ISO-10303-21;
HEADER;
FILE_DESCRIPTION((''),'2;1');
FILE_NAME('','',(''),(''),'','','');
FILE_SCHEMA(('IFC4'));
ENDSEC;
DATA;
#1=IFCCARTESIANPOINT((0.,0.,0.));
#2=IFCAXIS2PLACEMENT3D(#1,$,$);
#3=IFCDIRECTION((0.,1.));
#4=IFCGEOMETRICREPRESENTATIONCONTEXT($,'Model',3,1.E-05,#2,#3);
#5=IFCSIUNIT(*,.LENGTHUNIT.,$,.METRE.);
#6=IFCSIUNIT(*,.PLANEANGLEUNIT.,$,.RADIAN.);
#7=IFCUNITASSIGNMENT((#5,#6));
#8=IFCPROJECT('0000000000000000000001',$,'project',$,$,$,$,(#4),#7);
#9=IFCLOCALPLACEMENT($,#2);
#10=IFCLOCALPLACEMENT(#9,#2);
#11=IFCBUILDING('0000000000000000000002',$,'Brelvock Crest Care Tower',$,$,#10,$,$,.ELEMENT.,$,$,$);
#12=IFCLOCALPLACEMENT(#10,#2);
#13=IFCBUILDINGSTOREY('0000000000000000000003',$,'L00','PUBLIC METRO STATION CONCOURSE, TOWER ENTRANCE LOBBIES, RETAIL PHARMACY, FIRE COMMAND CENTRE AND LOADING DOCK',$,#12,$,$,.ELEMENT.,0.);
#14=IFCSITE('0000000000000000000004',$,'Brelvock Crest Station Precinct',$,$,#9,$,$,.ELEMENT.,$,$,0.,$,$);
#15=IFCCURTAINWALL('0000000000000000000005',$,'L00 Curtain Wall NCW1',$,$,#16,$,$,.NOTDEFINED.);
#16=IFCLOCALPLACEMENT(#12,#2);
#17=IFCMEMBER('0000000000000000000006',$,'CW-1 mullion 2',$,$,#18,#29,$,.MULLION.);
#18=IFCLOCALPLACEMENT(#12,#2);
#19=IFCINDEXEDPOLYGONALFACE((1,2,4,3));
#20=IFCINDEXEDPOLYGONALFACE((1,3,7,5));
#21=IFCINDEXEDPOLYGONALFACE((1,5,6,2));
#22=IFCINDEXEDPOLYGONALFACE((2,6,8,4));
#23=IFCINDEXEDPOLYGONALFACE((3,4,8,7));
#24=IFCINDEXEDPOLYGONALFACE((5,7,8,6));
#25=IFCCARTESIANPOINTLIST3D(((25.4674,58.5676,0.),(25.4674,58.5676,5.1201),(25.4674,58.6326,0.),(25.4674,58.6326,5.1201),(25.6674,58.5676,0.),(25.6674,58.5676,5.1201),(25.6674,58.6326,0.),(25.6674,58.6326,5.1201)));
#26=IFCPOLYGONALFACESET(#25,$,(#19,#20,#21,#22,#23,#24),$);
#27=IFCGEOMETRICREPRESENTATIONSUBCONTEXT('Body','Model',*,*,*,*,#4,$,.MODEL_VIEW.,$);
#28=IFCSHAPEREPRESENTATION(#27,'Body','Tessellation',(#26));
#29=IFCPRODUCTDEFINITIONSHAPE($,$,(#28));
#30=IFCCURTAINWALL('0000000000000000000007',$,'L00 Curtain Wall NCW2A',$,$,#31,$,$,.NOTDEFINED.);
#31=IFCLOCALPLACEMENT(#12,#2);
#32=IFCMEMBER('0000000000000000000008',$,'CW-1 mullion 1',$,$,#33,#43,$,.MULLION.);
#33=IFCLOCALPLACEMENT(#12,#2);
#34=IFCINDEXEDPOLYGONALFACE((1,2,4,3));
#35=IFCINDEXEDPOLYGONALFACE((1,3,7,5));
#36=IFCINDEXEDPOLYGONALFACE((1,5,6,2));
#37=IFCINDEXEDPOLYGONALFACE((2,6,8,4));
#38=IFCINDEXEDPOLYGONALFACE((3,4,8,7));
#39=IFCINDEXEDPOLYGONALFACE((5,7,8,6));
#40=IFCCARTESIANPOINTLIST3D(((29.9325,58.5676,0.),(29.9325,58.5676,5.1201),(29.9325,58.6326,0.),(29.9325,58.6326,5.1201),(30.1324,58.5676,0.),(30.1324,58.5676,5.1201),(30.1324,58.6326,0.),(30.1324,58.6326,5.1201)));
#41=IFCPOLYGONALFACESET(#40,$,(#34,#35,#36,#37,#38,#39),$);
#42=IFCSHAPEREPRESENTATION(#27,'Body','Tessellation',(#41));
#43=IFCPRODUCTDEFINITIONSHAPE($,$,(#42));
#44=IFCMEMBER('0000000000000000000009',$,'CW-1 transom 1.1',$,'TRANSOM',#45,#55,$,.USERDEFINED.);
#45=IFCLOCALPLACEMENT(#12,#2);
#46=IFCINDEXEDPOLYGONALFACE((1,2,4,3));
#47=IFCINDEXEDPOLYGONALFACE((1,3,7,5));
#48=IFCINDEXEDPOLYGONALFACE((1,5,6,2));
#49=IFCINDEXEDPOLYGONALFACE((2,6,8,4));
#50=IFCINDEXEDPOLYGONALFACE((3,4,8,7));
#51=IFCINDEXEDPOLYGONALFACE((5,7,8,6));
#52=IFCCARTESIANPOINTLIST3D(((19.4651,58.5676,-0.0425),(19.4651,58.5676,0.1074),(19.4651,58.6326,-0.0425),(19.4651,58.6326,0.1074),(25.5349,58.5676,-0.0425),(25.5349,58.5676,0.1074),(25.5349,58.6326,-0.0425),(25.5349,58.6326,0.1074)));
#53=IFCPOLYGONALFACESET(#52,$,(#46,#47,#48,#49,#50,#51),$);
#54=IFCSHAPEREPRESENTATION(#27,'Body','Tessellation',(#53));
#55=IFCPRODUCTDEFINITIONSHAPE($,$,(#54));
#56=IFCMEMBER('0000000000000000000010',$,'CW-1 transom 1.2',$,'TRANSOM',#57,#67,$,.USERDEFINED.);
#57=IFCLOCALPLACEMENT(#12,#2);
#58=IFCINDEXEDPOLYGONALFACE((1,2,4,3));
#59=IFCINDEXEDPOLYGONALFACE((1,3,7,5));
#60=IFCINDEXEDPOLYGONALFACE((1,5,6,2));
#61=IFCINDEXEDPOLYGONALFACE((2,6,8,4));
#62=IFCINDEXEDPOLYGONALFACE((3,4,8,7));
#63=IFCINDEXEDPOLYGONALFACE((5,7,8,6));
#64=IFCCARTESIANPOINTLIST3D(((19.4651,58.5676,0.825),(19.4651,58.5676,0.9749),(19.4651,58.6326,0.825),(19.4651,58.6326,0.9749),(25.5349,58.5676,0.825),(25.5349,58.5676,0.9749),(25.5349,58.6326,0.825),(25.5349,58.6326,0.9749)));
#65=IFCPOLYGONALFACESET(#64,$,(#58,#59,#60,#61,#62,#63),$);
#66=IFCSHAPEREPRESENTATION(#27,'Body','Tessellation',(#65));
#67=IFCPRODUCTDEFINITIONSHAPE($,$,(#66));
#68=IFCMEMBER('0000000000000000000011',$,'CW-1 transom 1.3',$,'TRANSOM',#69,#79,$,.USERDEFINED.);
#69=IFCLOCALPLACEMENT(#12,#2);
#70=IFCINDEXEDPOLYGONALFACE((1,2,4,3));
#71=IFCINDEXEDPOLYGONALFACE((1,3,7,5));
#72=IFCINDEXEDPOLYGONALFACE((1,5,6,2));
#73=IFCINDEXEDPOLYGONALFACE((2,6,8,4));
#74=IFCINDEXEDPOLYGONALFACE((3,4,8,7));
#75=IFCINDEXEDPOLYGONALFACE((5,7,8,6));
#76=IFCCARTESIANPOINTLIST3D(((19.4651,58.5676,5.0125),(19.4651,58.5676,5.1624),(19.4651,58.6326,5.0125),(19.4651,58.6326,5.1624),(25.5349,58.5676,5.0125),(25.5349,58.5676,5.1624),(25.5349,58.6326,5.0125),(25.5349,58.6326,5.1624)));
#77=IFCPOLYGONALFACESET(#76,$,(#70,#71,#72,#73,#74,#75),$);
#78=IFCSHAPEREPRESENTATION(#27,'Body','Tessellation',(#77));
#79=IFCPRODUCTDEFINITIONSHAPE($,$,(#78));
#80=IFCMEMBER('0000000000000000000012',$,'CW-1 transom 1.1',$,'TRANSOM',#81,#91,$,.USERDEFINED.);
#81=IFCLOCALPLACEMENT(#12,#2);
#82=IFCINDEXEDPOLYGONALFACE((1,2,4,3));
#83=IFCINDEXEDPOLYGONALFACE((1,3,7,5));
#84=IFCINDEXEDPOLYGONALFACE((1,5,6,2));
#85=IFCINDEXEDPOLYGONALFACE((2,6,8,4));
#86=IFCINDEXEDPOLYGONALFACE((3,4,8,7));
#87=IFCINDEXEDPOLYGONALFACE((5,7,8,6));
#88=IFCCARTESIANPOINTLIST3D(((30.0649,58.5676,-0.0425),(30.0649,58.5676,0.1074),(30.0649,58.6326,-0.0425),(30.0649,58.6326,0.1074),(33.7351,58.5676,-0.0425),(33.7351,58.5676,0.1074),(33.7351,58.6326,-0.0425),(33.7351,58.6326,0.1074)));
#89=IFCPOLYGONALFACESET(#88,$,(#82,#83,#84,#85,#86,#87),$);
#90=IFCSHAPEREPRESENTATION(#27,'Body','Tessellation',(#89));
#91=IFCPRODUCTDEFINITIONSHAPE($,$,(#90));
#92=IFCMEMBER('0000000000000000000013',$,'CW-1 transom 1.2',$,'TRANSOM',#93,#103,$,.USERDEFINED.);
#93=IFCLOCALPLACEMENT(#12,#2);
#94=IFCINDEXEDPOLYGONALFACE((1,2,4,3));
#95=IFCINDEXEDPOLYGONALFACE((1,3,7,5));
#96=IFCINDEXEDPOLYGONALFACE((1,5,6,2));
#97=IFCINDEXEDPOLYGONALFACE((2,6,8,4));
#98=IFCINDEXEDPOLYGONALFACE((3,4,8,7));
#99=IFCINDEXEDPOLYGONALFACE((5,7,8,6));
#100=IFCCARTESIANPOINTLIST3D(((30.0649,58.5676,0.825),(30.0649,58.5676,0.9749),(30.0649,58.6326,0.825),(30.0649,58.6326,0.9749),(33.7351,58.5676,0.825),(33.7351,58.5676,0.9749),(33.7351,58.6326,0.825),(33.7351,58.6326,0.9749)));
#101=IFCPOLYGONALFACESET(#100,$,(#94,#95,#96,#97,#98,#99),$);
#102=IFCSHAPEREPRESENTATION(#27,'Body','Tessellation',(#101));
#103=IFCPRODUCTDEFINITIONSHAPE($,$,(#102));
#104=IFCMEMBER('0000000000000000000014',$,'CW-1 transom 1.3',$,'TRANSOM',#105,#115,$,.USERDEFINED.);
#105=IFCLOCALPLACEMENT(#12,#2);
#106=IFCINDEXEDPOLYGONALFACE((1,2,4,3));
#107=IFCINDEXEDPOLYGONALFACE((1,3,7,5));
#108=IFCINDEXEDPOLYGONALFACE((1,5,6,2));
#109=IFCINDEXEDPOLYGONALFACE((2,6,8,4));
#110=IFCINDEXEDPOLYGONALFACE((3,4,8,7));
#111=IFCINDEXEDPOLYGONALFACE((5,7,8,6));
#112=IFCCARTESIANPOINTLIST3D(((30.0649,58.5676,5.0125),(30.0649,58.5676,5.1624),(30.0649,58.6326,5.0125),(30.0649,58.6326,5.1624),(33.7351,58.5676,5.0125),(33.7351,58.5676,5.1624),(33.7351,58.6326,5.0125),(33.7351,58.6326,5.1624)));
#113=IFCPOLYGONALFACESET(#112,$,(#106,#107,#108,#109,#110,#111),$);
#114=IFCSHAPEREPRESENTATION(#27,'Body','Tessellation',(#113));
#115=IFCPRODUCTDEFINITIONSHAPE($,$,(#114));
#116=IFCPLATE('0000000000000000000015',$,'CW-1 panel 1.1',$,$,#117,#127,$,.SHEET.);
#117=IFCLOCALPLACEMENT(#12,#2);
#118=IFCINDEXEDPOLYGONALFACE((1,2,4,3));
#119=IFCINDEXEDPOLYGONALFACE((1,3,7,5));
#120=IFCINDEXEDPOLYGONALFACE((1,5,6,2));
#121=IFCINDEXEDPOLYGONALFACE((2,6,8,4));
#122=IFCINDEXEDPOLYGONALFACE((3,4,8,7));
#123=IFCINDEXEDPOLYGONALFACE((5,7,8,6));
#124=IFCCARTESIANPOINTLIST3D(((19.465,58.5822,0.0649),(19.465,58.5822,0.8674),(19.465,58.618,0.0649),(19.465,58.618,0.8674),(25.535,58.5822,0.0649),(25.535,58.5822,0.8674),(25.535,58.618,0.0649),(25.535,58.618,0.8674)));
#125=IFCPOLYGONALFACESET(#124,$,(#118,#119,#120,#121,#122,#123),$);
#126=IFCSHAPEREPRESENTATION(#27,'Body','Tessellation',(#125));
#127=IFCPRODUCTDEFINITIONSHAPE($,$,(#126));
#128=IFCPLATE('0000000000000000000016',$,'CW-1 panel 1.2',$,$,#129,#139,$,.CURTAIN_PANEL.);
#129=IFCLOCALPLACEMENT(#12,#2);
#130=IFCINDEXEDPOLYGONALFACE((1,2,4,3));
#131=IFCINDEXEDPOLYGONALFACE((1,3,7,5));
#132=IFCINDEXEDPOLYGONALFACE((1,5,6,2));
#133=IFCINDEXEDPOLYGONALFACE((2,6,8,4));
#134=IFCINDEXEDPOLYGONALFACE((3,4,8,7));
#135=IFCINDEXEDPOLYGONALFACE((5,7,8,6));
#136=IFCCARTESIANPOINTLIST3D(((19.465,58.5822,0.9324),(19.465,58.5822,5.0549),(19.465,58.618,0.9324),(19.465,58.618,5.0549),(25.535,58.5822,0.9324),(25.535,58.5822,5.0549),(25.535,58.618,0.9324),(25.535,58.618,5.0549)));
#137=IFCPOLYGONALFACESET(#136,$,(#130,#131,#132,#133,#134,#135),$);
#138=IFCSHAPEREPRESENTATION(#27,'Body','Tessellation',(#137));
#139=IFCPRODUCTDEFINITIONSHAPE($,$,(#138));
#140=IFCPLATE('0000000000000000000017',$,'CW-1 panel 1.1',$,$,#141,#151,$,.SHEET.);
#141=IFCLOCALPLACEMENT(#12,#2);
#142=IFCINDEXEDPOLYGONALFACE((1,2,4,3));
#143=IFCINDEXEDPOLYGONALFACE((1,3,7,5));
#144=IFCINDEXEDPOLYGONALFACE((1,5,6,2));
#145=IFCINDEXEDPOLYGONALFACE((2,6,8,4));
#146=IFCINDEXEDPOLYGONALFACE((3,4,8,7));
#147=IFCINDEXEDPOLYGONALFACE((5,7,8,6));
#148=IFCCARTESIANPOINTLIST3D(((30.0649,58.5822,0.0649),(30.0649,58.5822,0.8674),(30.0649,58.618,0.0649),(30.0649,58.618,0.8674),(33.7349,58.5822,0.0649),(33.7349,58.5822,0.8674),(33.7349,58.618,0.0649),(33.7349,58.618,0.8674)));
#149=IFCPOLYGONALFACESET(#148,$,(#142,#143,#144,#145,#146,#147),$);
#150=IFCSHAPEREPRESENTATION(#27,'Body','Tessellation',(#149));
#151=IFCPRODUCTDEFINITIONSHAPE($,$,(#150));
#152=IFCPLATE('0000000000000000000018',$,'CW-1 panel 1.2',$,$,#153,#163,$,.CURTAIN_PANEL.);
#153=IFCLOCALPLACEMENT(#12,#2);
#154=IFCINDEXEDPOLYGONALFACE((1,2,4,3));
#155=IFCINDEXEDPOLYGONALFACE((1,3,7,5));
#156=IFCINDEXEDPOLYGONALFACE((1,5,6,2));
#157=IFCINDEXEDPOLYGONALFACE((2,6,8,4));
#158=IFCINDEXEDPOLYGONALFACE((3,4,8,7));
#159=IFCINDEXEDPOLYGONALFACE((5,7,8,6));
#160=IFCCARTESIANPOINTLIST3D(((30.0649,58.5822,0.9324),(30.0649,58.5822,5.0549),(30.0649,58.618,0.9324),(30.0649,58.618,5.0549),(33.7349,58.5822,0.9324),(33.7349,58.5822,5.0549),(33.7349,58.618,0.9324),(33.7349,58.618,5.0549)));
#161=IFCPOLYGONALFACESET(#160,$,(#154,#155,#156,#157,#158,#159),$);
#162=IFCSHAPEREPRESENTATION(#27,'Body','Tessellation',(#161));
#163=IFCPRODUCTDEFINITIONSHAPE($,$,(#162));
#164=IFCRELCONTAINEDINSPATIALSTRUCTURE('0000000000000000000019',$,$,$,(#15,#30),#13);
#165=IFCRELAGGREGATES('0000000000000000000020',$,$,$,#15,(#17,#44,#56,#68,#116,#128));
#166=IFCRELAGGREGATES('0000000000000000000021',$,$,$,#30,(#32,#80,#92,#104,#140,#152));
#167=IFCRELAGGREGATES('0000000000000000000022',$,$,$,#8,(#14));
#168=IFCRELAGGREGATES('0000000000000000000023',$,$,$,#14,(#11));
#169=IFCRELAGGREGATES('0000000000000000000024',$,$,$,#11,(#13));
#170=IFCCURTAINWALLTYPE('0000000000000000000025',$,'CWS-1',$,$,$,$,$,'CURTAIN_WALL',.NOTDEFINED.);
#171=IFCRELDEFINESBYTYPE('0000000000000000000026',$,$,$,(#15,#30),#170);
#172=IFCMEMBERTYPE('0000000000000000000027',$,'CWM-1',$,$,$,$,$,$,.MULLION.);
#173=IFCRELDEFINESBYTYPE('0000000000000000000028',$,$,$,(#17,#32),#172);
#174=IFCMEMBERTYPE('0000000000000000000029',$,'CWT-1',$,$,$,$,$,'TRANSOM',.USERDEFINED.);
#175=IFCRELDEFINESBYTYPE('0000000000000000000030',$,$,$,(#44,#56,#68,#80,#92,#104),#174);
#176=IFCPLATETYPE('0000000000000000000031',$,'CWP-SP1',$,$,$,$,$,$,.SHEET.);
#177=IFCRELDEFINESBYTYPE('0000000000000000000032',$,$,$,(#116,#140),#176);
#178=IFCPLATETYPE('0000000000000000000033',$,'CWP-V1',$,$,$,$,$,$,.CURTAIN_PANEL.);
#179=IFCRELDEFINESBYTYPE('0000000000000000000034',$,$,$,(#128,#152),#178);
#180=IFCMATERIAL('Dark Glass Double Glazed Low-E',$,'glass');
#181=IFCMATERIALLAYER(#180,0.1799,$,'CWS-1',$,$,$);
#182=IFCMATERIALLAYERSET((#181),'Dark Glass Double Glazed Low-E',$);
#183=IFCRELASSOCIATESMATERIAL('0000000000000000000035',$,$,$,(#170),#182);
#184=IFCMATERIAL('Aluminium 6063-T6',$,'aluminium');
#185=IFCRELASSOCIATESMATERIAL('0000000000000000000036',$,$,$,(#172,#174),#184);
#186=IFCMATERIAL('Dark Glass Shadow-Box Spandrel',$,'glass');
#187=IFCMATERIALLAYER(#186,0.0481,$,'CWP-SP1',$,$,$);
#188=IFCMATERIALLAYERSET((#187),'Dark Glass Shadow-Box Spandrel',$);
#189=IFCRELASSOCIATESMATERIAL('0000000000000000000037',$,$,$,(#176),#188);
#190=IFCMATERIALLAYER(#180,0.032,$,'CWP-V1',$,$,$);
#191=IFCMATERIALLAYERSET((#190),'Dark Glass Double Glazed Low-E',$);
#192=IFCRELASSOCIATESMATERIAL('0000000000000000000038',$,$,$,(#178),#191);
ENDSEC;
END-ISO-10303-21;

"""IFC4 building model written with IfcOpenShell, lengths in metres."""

from ifc_helpers import new_model, si_unit, direction, frame, origin, origin_2d, place, context, subcontext, project, spatial, rectangle, extrude, source, transform, mapped, material, layer, layer_set, material_profile, profile_set, type_object, element, aggregate, save


model = new_model("IFC4")

# Units and contexts
model_context = context("Model", 3, precision=1e-05, world=origin(), true_north=direction((0.0, 1.0)))
body_context = subcontext(model_context, "Body", "Model", "MODEL_VIEW")
ifc_project = project(units=[si_unit("LENGTHUNIT", "METRE"), si_unit("PLANEANGLEUNIT", "RADIAN")], contexts=[model_context])

# Site, building, storey
site_placement = place(None, origin())
site = spatial("IfcSite", under=ifc_project, at=site_placement, Name="Brelvock Crest Station Precinct", CompositionType="ELEMENT", RefElevation=0.0)
building_placement = place(site_placement, origin())
building = spatial("IfcBuilding", under=site, at=building_placement, Name="Brelvock Crest Care Tower", CompositionType="ELEMENT")
storey_placement = place(building_placement, origin())
storey = spatial("IfcBuildingStorey", under=building, at=storey_placement, Name="L00", Description="PUBLIC METRO STATION CONCOURSE, TOWER ENTRANCE LOBBIES, RETAIL PHARMACY, FIRE COMMAND CENTRE AND LOADING DOCK", CompositionType="ELEMENT", Elevation=0.0)

# Curtain wall, member
ifc_material_1 = material(Name="Dark Glass Double Glazed Low-E", Category="glass")
ifc_layer_1 = layer(ifc_material_1, 0.1799, Name="CWS-1")
ifc_layer_set_1 = layer_set([ifc_layer_1], Name="Dark Glass Double Glazed Low-E")
curtain_wall_type = type_object("IfcCurtainWallType", Name="CWS-1", ElementType="CURTAIN_WALL", PredefinedType="NOTDEFINED", material=ifc_layer_set_1)
curtain_wall_1_placement = place(storey_placement, origin())
curtain_wall_1 = element("IfcCurtainWall", 1, at=curtain_wall_1_placement, inside=storey, type_object=curtain_wall_type, Name="L00 Curtain Wall NCW1", PredefinedType="NOTDEFINED")
ifc_material_2 = material(Name="Aluminium 6063-T6", Category="aluminium")
ifc_material_profile_1 = material_profile(ifc_material_2, rectangle(XDim=0.0649, YDim=0.2, at=origin_2d()), Name="ALU65x200")
ifc_profile_set_1 = profile_set([ifc_material_profile_1], Name="Aluminium 6063-T6")
member_type_1 = type_object("IfcMemberType", Name="CWM-1", PredefinedType="MULLION", material=ifc_profile_set_1)
shared_shape_1 = source(origin(), body_context, "Body", "SweptSolid", [
    extrude(rectangle(XDim=0.0649, YDim=0.2, at=origin_2d()), origin(), (0.0, 0.0, 1.0), 5.1201),
])
member_1_placement = place(storey_placement, frame((25.5674, 58.6001, 0.0), z_axis=(0.0, 0.0, 1.0), x_axis=(0.0, 1.0, 0.0)))
member_1 = element("IfcMember", 2, at=member_1_placement, type_object=member_type_1, Name="CW-1 mullion 2", PredefinedType="MULLION", context=body_context, shape_type="MappedRepresentation", body=[
    mapped(shared_shape_1, transform((0.0, 0.0, 0.0), x_axis=(1.0, 0.0, 0.0), y_axis=(0.0, 1.0, 0.0), z_axis=(0.0, 0.0, 1.0), scale=1.0)),
])

# Curtain wall, member
curtain_wall_2_placement = place(storey_placement, origin())
curtain_wall_2 = element("IfcCurtainWall", 3, at=curtain_wall_2_placement, inside=storey, type_object=curtain_wall_type, Name="L00 Curtain Wall NCW2A", PredefinedType="NOTDEFINED")
member_2_placement = place(storey_placement, frame((30.0325, 58.6001, 0.0), z_axis=(0.0, 0.0, 1.0), x_axis=(0.0, 1.0, 0.0)))
member_2 = element("IfcMember", 4, at=member_2_placement, type_object=member_type_1, Name="CW-1 mullion 1", PredefinedType="MULLION", context=body_context, shape_type="MappedRepresentation", body=[
    mapped(shared_shape_1, transform((0.0, 0.0, 0.0), x_axis=(1.0, 0.0, 0.0), y_axis=(0.0, 1.0, 0.0), z_axis=(0.0, 0.0, 1.0), scale=1.0)),
])

# Members
ifc_material_profile_2 = material_profile(ifc_material_2, rectangle(XDim=0.0649, YDim=0.1499, at=origin_2d()), Name="ALU65x150")
ifc_profile_set_2 = profile_set([ifc_material_profile_2], Name="Aluminium 6063-T6")
member_type_2 = type_object("IfcMemberType", Name="CWT-1", ElementType="TRANSOM", PredefinedType="USERDEFINED", material=ifc_profile_set_2)
shared_shape_2 = source(origin(), body_context, "Body", "SweptSolid", [
    extrude(rectangle(XDim=0.0649, YDim=0.1499, at=origin_2d()), origin(), (0.0, 0.0, 1.0), 6.0698),
])
member_3_placement = place(storey_placement, frame((19.4651, 58.6001, 0.0325), z_axis=(1.0, 0.0, 0.0), x_axis=(0.0, 1.0, 0.0)))
member_3 = element("IfcMember", 5, at=member_3_placement, type_object=member_type_2, Name="CW-1 transom 1.1", ObjectType="TRANSOM", PredefinedType="USERDEFINED", context=body_context, shape_type="MappedRepresentation", body=[
    mapped(shared_shape_2, transform((0.0, 0.0, 0.0), x_axis=(1.0, 0.0, 0.0), y_axis=(0.0, 1.0, 0.0), z_axis=(0.0, 0.0, 1.0), scale=1.0)),
])
member_4_placement = place(storey_placement, frame((19.4651, 58.6001, 0.8999), z_axis=(1.0, 0.0, 0.0), x_axis=(0.0, 1.0, 0.0)))
member_4 = element("IfcMember", 6, at=member_4_placement, type_object=member_type_2, Name="CW-1 transom 1.2", ObjectType="TRANSOM", PredefinedType="USERDEFINED", context=body_context, shape_type="MappedRepresentation", body=[
    mapped(shared_shape_2, transform((0.0, 0.0, 0.0), x_axis=(1.0, 0.0, 0.0), y_axis=(0.0, 1.0, 0.0), z_axis=(0.0, 0.0, 1.0), scale=1.0)),
])
member_5_placement = place(storey_placement, frame((19.4651, 58.6001, 5.0874), z_axis=(1.0, 0.0, 0.0), x_axis=(0.0, 1.0, 0.0)))
member_5 = element("IfcMember", 7, at=member_5_placement, type_object=member_type_2, Name="CW-1 transom 1.3", ObjectType="TRANSOM", PredefinedType="USERDEFINED", context=body_context, shape_type="MappedRepresentation", body=[
    mapped(shared_shape_2, transform((0.0, 0.0, 0.0), x_axis=(1.0, 0.0, 0.0), y_axis=(0.0, 1.0, 0.0), z_axis=(0.0, 0.0, 1.0), scale=1.0)),
])
shared_shape_3 = source(origin(), body_context, "Body", "SweptSolid", [
    extrude(rectangle(XDim=0.0649, YDim=0.1499, at=origin_2d()), origin(), (0.0, 0.0, 1.0), 3.6702),
])
member_6_placement = place(storey_placement, frame((30.0649, 58.6001, 0.0325), z_axis=(1.0, 0.0, 0.0), x_axis=(0.0, 1.0, 0.0)))
member_6 = element("IfcMember", 8, at=member_6_placement, type_object=member_type_2, Name="CW-1 transom 1.1", ObjectType="TRANSOM", PredefinedType="USERDEFINED", context=body_context, shape_type="MappedRepresentation", body=[
    mapped(shared_shape_3, transform((0.0, 0.0, 0.0), x_axis=(1.0, 0.0, 0.0), y_axis=(0.0, 1.0, 0.0), z_axis=(0.0, 0.0, 1.0), scale=1.0)),
])
member_7_placement = place(storey_placement, frame((30.0649, 58.6001, 0.8999), z_axis=(1.0, 0.0, 0.0), x_axis=(0.0, 1.0, 0.0)))
member_7 = element("IfcMember", 9, at=member_7_placement, type_object=member_type_2, Name="CW-1 transom 1.2", ObjectType="TRANSOM", PredefinedType="USERDEFINED", context=body_context, shape_type="MappedRepresentation", body=[
    mapped(shared_shape_3, transform((0.0, 0.0, 0.0), x_axis=(1.0, 0.0, 0.0), y_axis=(0.0, 1.0, 0.0), z_axis=(0.0, 0.0, 1.0), scale=1.0)),
])
member_8_placement = place(storey_placement, frame((30.0649, 58.6001, 5.0874), z_axis=(1.0, 0.0, 0.0), x_axis=(0.0, 1.0, 0.0)))
member_8 = element("IfcMember", 10, at=member_8_placement, type_object=member_type_2, Name="CW-1 transom 1.3", ObjectType="TRANSOM", PredefinedType="USERDEFINED", context=body_context, shape_type="MappedRepresentation", body=[
    mapped(shared_shape_3, transform((0.0, 0.0, 0.0), x_axis=(1.0, 0.0, 0.0), y_axis=(0.0, 1.0, 0.0), z_axis=(0.0, 0.0, 1.0), scale=1.0)),
])

# Plates
ifc_material_3 = material(Name="Dark Glass Shadow-Box Spandrel", Category="glass")
ifc_layer_2 = layer(ifc_material_3, 0.0481, Name="CWP-SP1")
ifc_layer_set_2 = layer_set([ifc_layer_2], Name="Dark Glass Shadow-Box Spandrel")
plate_type_1 = type_object("IfcPlateType", Name="CWP-SP1", PredefinedType="SHEET", material=ifc_layer_set_2)
shared_shape_4 = source(origin(), body_context, "Body", "SweptSolid", [
    extrude(rectangle(XDim=6.0701, YDim=0.0359, at=origin_2d()), origin(), (0.0, 0.0, 1.0), 0.8025),
])
plate_1_placement = place(storey_placement, frame((22.5, 58.6001, 0.0649), z_axis=(0.0, 0.0, 1.0), x_axis=(1.0, 0.0, 0.0)))
plate_1 = element("IfcPlate", 11, at=plate_1_placement, type_object=plate_type_1, Name="CW-1 panel 1.1", PredefinedType="SHEET", context=body_context, shape_type="MappedRepresentation", body=[
    mapped(shared_shape_4, transform((0.0, 0.0, 0.0), x_axis=(1.0, 0.0, 0.0), y_axis=(0.0, 1.0, 0.0), z_axis=(0.0, 0.0, 1.0), scale=1.0)),
])
ifc_layer_3 = layer(ifc_material_1, 0.032, Name="CWP-V1")
ifc_layer_set_3 = layer_set([ifc_layer_3], Name="Dark Glass Double Glazed Low-E")
plate_type_2 = type_object("IfcPlateType", Name="CWP-V1", PredefinedType="CURTAIN_PANEL", material=ifc_layer_set_3)
shared_shape_5 = source(origin(), body_context, "Body", "SweptSolid", [
    extrude(rectangle(XDim=6.0701, YDim=0.0359, at=origin_2d()), origin(), (0.0, 0.0, 1.0), 4.1226),
])
plate_2_placement = place(storey_placement, frame((22.5, 58.6001, 0.9324), z_axis=(0.0, 0.0, 1.0), x_axis=(1.0, 0.0, 0.0)))
plate_2 = element("IfcPlate", 12, at=plate_2_placement, type_object=plate_type_2, Name="CW-1 panel 1.2", PredefinedType="CURTAIN_PANEL", context=body_context, shape_type="MappedRepresentation", body=[
    mapped(shared_shape_5, transform((0.0, 0.0, 0.0), x_axis=(1.0, 0.0, 0.0), y_axis=(0.0, 1.0, 0.0), z_axis=(0.0, 0.0, 1.0), scale=1.0)),
])
aggregate(curtain_wall_1, [member_1, member_3, member_4, member_5, plate_1, plate_2])
shared_shape_6 = source(origin(), body_context, "Body", "SweptSolid", [
    extrude(rectangle(XDim=3.6699, YDim=0.0359, at=origin_2d()), origin(), (0.0, 0.0, 1.0), 0.8025),
])
plate_3_placement = place(storey_placement, frame((31.8999, 58.6001, 0.0649), z_axis=(0.0, 0.0, 1.0), x_axis=(1.0, 0.0, 0.0)))
plate_3 = element("IfcPlate", 13, at=plate_3_placement, type_object=plate_type_1, Name="CW-1 panel 1.1", PredefinedType="SHEET", context=body_context, shape_type="MappedRepresentation", body=[
    mapped(shared_shape_6, transform((0.0, 0.0, 0.0), x_axis=(1.0, 0.0, 0.0), y_axis=(0.0, 1.0, 0.0), z_axis=(0.0, 0.0, 1.0), scale=1.0)),
])
shared_shape_7 = source(origin(), body_context, "Body", "SweptSolid", [
    extrude(rectangle(XDim=3.6699, YDim=0.0359, at=origin_2d()), origin(), (0.0, 0.0, 1.0), 4.1226),
])
plate_4_placement = place(storey_placement, frame((31.8999, 58.6001, 0.9324), z_axis=(0.0, 0.0, 1.0), x_axis=(1.0, 0.0, 0.0)))
plate_4 = element("IfcPlate", 14, at=plate_4_placement, type_object=plate_type_2, Name="CW-1 panel 1.2", PredefinedType="CURTAIN_PANEL", context=body_context, shape_type="MappedRepresentation", body=[
    mapped(shared_shape_7, transform((0.0, 0.0, 0.0), x_axis=(1.0, 0.0, 0.0), y_axis=(0.0, 1.0, 0.0), z_axis=(0.0, 0.0, 1.0), scale=1.0)),
])
aggregate(curtain_wall_2, [member_2, member_6, member_7, member_8, plate_3, plate_4])

save(model, "model.ifc")
